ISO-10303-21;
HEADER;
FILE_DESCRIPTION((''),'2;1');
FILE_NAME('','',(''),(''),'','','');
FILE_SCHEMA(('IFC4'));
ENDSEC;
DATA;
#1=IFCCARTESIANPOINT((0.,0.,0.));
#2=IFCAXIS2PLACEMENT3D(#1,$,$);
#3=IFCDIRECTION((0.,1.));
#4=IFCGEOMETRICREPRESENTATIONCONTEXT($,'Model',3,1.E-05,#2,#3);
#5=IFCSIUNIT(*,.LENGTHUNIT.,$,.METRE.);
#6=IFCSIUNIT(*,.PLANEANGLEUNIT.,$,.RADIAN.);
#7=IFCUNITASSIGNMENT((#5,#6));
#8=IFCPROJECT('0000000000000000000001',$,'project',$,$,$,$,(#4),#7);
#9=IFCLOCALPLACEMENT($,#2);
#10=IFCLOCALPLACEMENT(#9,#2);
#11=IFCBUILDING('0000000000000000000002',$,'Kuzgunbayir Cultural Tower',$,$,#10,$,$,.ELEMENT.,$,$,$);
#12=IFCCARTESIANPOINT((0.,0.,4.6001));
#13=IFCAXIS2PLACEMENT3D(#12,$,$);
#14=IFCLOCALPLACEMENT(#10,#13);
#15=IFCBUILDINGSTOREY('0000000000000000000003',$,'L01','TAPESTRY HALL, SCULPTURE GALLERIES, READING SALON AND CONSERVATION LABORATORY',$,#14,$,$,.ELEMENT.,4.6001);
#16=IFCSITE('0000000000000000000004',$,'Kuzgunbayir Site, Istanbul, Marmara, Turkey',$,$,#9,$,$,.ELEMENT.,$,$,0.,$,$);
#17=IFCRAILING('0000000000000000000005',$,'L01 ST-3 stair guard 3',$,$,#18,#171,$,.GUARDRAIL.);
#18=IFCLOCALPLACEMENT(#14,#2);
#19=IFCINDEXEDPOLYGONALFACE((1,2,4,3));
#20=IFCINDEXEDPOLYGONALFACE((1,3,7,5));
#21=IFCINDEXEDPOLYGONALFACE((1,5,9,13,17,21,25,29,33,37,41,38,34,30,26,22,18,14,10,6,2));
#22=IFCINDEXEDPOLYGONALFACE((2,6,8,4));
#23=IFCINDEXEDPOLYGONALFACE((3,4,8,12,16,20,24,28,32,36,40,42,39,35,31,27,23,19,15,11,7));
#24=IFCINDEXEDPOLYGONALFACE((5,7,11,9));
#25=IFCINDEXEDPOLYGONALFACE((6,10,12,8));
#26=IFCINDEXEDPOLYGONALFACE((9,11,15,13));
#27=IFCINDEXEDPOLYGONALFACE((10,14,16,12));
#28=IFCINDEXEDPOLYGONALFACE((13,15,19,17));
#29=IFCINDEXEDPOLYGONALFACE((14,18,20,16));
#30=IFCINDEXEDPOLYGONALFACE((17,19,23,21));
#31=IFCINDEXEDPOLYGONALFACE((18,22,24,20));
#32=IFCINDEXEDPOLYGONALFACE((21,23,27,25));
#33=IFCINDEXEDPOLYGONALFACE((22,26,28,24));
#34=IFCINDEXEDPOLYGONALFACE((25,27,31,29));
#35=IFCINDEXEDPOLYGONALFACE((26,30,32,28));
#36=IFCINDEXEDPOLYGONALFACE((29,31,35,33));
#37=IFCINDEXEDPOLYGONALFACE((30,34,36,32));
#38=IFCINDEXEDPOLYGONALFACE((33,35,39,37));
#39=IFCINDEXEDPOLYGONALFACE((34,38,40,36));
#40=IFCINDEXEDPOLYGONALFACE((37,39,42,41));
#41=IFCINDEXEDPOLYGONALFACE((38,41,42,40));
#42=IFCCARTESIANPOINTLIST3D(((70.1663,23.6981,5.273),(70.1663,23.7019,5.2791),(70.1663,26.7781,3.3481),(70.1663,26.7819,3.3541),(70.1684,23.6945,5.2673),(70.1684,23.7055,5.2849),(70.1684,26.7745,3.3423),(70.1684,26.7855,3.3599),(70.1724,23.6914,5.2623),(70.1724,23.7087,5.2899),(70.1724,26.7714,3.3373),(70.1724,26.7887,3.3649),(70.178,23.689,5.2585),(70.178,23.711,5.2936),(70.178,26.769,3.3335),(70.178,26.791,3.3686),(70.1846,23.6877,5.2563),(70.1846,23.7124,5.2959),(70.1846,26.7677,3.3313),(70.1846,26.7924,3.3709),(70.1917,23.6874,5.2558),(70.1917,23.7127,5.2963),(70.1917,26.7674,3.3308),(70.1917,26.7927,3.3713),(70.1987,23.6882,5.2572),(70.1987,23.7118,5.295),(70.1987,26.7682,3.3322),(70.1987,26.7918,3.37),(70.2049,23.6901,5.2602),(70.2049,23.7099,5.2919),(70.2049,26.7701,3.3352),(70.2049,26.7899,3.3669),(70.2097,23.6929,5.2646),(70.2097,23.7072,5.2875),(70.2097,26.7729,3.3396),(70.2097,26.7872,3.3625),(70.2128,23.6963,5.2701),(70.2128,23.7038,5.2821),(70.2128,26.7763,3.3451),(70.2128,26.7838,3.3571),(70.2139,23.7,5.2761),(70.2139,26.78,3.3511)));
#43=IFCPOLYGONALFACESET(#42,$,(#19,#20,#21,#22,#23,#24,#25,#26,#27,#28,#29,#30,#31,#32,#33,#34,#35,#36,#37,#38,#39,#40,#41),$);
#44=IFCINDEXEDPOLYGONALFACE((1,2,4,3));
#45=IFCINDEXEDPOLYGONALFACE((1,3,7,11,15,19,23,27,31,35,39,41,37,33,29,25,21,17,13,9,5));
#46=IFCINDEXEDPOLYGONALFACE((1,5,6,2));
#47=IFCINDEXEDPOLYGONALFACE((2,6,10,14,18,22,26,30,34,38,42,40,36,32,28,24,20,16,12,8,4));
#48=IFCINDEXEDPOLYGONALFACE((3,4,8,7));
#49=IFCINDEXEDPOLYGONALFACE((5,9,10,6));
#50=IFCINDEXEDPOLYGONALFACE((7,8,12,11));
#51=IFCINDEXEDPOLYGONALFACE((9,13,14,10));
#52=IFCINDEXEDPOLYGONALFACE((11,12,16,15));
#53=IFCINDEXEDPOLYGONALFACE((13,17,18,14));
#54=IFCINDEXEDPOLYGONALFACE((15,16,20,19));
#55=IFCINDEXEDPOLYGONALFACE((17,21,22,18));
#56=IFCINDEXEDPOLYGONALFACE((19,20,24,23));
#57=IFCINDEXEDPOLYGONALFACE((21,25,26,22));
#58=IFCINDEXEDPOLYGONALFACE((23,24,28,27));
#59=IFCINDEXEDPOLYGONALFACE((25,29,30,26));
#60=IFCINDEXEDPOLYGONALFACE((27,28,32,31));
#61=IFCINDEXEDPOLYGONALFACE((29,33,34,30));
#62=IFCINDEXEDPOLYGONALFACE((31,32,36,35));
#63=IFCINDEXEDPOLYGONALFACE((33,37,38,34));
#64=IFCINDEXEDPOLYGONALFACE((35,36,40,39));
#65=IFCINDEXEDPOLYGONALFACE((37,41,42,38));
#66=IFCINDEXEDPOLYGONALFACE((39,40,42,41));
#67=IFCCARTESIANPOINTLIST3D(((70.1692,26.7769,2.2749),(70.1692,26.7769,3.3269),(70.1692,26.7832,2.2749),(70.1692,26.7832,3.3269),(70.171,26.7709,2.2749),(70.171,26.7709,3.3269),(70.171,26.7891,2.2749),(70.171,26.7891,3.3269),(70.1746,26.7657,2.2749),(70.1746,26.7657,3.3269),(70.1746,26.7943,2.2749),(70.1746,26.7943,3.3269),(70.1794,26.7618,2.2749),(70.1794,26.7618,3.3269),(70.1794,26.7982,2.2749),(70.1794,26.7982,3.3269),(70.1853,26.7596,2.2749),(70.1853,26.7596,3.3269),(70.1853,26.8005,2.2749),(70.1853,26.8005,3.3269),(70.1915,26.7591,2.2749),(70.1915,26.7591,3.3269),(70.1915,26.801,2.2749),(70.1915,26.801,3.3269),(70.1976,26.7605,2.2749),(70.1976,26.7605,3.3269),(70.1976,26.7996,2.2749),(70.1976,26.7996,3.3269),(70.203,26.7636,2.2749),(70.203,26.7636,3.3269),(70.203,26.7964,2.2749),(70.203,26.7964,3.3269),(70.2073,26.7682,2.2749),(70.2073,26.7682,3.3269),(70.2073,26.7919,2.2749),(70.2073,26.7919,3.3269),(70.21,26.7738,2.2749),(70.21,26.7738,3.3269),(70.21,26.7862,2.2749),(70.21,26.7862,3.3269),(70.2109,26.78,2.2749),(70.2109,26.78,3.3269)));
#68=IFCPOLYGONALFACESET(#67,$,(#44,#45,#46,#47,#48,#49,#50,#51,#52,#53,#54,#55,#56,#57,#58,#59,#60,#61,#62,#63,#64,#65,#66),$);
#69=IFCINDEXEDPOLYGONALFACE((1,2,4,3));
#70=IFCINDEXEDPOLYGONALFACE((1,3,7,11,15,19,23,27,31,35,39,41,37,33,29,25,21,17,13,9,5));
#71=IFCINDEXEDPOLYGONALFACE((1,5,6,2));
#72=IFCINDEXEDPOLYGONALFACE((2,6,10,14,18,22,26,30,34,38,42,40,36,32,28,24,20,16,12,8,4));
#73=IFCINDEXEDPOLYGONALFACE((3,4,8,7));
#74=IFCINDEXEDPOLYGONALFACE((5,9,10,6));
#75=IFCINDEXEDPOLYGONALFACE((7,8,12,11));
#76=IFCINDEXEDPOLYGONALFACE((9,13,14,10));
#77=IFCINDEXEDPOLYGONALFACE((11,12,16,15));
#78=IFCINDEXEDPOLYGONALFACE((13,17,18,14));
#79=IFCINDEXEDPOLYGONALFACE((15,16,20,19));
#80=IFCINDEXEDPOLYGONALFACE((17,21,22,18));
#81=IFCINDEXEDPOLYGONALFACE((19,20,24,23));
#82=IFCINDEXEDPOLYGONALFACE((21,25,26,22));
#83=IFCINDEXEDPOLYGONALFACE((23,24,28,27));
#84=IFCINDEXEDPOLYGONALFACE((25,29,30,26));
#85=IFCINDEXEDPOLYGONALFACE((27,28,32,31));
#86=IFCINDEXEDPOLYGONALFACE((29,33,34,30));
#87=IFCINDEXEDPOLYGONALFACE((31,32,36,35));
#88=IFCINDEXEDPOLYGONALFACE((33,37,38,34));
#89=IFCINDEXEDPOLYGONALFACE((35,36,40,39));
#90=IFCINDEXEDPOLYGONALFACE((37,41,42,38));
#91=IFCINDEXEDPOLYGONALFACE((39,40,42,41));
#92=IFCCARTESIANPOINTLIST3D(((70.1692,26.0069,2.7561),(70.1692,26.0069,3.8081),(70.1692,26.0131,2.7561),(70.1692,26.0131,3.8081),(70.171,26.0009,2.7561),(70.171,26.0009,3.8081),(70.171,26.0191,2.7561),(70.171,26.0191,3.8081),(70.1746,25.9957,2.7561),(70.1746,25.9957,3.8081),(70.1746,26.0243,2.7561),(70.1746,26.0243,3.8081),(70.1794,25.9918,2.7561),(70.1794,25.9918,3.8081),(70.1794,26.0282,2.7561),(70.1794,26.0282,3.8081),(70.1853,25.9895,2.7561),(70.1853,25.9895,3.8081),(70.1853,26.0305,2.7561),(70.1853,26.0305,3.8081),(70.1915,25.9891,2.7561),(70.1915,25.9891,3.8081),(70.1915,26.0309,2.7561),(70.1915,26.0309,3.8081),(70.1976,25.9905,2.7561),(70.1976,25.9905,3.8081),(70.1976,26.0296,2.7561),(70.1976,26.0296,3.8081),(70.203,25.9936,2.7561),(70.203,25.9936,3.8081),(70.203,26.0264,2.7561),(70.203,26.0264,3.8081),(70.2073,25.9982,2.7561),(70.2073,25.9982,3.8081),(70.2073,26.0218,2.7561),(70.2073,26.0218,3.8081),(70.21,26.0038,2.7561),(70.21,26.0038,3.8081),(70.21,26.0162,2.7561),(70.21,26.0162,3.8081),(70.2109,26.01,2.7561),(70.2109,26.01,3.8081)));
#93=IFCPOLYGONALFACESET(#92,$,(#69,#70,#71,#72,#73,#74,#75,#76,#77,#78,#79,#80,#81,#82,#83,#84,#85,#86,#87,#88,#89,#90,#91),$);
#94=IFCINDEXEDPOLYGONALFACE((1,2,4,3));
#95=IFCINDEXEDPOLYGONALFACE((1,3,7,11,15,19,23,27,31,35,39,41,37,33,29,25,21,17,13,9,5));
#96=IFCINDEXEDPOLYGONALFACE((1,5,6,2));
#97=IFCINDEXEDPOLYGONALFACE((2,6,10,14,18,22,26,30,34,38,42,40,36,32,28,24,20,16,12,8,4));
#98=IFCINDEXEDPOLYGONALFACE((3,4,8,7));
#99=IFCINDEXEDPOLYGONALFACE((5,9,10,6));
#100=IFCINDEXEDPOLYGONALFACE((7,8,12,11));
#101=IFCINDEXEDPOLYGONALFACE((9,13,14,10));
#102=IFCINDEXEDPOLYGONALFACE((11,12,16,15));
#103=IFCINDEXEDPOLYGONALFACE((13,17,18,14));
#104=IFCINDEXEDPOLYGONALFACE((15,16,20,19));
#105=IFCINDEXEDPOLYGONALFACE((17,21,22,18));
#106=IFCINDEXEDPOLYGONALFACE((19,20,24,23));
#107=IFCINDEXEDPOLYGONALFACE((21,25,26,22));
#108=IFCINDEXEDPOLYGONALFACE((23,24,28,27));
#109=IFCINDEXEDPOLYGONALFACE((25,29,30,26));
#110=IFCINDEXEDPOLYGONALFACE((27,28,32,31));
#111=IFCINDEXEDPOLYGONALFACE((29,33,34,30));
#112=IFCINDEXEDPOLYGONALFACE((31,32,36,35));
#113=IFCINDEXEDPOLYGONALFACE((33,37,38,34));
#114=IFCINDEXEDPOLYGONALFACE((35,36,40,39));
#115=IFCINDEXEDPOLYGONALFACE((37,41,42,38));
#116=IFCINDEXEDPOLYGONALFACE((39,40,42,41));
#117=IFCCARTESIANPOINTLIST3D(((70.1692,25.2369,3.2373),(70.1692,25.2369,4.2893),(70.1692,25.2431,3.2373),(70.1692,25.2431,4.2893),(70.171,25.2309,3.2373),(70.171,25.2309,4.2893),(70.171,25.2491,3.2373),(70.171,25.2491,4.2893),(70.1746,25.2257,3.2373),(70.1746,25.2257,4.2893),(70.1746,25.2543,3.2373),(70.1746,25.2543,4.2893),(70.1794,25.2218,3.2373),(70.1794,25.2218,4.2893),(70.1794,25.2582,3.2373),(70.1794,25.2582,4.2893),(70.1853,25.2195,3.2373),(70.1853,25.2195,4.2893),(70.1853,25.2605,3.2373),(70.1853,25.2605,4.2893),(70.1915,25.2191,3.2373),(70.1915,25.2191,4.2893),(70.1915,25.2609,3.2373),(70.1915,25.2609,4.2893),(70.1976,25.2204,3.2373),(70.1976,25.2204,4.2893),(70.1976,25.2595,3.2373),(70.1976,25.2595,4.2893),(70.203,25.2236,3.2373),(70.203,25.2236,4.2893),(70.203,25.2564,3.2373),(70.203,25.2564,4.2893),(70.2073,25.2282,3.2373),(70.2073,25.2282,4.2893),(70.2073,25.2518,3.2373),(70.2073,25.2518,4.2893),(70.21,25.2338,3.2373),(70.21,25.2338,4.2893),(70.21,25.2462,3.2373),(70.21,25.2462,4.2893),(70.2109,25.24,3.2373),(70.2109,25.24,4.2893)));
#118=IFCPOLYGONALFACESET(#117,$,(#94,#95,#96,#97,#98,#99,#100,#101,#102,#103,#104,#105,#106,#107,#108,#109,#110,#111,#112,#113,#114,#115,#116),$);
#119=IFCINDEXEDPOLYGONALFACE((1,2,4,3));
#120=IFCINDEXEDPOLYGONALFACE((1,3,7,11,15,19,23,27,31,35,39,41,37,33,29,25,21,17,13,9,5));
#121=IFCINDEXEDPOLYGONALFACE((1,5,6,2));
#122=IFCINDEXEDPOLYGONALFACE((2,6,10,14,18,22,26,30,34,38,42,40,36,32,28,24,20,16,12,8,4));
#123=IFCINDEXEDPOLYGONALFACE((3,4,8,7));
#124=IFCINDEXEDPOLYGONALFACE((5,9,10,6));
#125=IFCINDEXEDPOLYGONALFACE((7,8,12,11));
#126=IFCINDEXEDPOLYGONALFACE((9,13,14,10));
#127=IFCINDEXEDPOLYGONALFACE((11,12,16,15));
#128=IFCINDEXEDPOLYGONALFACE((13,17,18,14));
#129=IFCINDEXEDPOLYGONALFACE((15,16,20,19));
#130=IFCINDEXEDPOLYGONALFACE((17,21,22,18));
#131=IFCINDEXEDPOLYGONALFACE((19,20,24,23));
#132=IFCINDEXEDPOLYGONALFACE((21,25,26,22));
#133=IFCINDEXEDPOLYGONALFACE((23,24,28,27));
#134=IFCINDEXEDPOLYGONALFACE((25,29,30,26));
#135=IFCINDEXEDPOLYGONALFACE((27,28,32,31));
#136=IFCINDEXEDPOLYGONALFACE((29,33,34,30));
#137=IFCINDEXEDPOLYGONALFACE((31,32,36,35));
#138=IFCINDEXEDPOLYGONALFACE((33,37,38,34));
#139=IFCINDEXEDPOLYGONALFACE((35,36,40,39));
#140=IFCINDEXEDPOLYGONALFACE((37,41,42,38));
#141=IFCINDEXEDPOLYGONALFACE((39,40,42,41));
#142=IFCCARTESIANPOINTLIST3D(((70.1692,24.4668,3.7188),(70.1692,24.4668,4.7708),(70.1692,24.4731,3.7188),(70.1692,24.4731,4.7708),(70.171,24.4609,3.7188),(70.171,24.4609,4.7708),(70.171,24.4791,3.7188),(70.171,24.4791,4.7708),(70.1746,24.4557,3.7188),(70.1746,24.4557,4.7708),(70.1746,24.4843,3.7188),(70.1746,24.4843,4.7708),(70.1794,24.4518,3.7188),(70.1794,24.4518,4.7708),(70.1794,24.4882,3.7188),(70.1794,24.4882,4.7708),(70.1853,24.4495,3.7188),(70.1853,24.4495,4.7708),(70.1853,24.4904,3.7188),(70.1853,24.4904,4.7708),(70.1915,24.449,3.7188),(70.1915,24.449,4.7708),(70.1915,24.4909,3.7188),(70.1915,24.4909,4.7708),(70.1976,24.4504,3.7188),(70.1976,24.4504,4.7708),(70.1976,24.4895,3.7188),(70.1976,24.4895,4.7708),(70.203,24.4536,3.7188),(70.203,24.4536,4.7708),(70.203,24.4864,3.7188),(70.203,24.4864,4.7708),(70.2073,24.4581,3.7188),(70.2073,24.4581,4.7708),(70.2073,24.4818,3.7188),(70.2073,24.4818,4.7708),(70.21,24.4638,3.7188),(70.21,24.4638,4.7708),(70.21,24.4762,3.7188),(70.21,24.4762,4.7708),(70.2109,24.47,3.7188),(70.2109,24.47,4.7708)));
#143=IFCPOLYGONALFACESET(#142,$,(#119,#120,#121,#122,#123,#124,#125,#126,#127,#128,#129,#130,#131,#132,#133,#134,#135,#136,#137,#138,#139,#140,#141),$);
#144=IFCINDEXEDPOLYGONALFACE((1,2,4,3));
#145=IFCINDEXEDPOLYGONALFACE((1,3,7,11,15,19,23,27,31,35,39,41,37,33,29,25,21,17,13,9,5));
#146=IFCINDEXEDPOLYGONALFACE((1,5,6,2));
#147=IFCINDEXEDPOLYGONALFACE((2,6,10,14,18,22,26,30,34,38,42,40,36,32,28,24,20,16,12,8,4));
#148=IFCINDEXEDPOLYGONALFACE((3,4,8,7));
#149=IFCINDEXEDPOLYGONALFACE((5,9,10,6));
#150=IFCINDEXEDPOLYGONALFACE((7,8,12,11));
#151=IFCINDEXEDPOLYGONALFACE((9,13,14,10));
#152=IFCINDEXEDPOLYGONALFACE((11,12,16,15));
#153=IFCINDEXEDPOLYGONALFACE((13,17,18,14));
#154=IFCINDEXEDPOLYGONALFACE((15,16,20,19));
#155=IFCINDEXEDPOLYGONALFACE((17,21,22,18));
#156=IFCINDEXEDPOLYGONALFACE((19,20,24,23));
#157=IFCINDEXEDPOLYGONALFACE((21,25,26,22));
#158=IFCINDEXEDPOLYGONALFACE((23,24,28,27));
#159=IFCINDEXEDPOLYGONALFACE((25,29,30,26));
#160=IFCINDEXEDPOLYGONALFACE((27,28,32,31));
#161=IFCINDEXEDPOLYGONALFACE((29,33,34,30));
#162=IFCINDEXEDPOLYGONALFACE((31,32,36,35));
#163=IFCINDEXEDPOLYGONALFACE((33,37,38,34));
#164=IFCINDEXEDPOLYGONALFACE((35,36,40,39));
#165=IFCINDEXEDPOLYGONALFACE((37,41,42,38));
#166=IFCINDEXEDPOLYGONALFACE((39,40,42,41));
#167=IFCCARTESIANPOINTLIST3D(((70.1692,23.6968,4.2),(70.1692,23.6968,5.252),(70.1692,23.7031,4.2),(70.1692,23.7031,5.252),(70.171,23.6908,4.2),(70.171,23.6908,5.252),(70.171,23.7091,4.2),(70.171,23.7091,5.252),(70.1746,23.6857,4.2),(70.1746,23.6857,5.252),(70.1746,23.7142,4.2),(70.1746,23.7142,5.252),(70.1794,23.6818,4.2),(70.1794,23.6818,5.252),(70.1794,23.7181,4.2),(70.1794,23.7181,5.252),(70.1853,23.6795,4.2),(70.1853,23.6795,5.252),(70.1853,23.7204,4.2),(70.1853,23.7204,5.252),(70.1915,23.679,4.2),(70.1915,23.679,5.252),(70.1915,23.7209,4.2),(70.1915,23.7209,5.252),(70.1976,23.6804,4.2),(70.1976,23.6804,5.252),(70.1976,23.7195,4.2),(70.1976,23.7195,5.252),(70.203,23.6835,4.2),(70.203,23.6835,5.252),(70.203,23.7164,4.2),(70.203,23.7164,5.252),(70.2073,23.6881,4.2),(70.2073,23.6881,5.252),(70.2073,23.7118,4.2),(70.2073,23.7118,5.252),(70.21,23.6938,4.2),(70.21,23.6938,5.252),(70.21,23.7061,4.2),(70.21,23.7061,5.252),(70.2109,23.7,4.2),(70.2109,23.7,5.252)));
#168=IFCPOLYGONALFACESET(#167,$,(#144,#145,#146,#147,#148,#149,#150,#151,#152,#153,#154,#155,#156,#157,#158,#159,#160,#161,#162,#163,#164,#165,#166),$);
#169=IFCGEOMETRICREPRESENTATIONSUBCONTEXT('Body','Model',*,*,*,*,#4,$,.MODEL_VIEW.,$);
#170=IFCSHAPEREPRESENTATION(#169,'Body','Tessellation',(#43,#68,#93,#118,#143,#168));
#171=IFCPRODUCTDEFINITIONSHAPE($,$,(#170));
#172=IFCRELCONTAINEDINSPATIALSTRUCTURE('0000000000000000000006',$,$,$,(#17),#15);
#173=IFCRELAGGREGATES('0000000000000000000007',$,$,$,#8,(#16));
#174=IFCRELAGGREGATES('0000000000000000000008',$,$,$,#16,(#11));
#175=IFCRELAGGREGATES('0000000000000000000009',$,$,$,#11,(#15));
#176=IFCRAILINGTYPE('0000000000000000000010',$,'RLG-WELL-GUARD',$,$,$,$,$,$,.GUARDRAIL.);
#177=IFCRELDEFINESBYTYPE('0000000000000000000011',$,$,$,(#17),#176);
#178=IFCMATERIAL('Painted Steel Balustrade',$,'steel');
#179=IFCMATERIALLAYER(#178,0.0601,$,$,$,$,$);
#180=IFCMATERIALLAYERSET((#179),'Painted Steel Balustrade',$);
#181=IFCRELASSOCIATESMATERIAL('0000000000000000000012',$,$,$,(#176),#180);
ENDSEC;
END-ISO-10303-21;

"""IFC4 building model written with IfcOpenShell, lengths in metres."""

from ifc_helpers import new_model, si_unit, direction, frame, origin, origin_2d, place, context, subcontext, project, spatial, circle, extrude, material, layer, layer_set, type_object, element, save


model = new_model("IFC4")

# Units and contexts
model_context = context("Model", 3, precision=1e-05, world=origin(), true_north=direction((0.0, 1.0)))
body_context = subcontext(model_context, "Body", "Model", "MODEL_VIEW")
ifc_project = project(units=[si_unit("LENGTHUNIT", "METRE"), si_unit("PLANEANGLEUNIT", "RADIAN")], contexts=[model_context])

# Site, building, storey
site_placement = place(None, origin())
site = spatial("IfcSite", under=ifc_project, at=site_placement, Name="Kuzgunbayir Site, Istanbul, Marmara, Turkey", CompositionType="ELEMENT", RefElevation=0.0)
building_placement = place(site_placement, origin())
building = spatial("IfcBuilding", under=site, at=building_placement, Name="Kuzgunbayir Cultural Tower", CompositionType="ELEMENT")
storey_placement = place(building_placement, frame((0.0, 0.0, 4.6001)))
storey = spatial("IfcBuildingStorey", under=building, at=storey_placement, Name="L01", Description="TAPESTRY HALL, SCULPTURE GALLERIES, READING SALON AND CONSERVATION LABORATORY", CompositionType="ELEMENT", Elevation=4.6001)

# Railing
ifc_material_1 = material(Name="Painted Steel Balustrade", Category="steel")
ifc_layer_1 = layer(ifc_material_1, 0.0601)
ifc_layer_set_1 = layer_set([ifc_layer_1], Name="Painted Steel Balustrade")
railing_type_1 = type_object("IfcRailingType", Name="RLG-WELL-GUARD", PredefinedType="GUARDRAIL", material=ifc_layer_set_1)
railing_1_placement = place(storey_placement, frame((70.1899, 26.78, 2.2749)))
element("IfcRailing", 1, at=railing_1_placement, inside=storey, type_object=railing_type_1, Name="L01 ST-3 stair guard 3", PredefinedType="GUARDRAIL", context=body_context, shape_type="SweptSolid", body=[
    extrude(circle(Radius=0.0239, at=origin_2d()), frame((0.0, 0.0, 1.0762), z_axis=(0.0, -0.847998, 0.529999), x_axis=(1.0, 0.0, 0.0)), (0.0, 0.0, 1.0), 3.6321),
    extrude(circle(Radius=0.021, at=origin_2d()), origin(), (0.0, 0.0, 1.0), 1.052),
    extrude(circle(Radius=0.021, at=origin_2d()), frame((0.0, -0.77, 0.4812)), (0.0, 0.0, 1.0), 1.052),
    extrude(circle(Radius=0.021, at=origin_2d()), frame((0.0, -1.54, 0.9624)), (0.0, 0.0, 1.0), 1.052),
    extrude(circle(Radius=0.021, at=origin_2d()), frame((0.0, -2.3101, 1.4438)), (0.0, 0.0, 1.0), 1.052),
    extrude(circle(Radius=0.021, at=origin_2d()), frame((0.0, -3.0801, 1.925)), (0.0, 0.0, 1.0), 1.052),
])

save(model, "model.ifc")
